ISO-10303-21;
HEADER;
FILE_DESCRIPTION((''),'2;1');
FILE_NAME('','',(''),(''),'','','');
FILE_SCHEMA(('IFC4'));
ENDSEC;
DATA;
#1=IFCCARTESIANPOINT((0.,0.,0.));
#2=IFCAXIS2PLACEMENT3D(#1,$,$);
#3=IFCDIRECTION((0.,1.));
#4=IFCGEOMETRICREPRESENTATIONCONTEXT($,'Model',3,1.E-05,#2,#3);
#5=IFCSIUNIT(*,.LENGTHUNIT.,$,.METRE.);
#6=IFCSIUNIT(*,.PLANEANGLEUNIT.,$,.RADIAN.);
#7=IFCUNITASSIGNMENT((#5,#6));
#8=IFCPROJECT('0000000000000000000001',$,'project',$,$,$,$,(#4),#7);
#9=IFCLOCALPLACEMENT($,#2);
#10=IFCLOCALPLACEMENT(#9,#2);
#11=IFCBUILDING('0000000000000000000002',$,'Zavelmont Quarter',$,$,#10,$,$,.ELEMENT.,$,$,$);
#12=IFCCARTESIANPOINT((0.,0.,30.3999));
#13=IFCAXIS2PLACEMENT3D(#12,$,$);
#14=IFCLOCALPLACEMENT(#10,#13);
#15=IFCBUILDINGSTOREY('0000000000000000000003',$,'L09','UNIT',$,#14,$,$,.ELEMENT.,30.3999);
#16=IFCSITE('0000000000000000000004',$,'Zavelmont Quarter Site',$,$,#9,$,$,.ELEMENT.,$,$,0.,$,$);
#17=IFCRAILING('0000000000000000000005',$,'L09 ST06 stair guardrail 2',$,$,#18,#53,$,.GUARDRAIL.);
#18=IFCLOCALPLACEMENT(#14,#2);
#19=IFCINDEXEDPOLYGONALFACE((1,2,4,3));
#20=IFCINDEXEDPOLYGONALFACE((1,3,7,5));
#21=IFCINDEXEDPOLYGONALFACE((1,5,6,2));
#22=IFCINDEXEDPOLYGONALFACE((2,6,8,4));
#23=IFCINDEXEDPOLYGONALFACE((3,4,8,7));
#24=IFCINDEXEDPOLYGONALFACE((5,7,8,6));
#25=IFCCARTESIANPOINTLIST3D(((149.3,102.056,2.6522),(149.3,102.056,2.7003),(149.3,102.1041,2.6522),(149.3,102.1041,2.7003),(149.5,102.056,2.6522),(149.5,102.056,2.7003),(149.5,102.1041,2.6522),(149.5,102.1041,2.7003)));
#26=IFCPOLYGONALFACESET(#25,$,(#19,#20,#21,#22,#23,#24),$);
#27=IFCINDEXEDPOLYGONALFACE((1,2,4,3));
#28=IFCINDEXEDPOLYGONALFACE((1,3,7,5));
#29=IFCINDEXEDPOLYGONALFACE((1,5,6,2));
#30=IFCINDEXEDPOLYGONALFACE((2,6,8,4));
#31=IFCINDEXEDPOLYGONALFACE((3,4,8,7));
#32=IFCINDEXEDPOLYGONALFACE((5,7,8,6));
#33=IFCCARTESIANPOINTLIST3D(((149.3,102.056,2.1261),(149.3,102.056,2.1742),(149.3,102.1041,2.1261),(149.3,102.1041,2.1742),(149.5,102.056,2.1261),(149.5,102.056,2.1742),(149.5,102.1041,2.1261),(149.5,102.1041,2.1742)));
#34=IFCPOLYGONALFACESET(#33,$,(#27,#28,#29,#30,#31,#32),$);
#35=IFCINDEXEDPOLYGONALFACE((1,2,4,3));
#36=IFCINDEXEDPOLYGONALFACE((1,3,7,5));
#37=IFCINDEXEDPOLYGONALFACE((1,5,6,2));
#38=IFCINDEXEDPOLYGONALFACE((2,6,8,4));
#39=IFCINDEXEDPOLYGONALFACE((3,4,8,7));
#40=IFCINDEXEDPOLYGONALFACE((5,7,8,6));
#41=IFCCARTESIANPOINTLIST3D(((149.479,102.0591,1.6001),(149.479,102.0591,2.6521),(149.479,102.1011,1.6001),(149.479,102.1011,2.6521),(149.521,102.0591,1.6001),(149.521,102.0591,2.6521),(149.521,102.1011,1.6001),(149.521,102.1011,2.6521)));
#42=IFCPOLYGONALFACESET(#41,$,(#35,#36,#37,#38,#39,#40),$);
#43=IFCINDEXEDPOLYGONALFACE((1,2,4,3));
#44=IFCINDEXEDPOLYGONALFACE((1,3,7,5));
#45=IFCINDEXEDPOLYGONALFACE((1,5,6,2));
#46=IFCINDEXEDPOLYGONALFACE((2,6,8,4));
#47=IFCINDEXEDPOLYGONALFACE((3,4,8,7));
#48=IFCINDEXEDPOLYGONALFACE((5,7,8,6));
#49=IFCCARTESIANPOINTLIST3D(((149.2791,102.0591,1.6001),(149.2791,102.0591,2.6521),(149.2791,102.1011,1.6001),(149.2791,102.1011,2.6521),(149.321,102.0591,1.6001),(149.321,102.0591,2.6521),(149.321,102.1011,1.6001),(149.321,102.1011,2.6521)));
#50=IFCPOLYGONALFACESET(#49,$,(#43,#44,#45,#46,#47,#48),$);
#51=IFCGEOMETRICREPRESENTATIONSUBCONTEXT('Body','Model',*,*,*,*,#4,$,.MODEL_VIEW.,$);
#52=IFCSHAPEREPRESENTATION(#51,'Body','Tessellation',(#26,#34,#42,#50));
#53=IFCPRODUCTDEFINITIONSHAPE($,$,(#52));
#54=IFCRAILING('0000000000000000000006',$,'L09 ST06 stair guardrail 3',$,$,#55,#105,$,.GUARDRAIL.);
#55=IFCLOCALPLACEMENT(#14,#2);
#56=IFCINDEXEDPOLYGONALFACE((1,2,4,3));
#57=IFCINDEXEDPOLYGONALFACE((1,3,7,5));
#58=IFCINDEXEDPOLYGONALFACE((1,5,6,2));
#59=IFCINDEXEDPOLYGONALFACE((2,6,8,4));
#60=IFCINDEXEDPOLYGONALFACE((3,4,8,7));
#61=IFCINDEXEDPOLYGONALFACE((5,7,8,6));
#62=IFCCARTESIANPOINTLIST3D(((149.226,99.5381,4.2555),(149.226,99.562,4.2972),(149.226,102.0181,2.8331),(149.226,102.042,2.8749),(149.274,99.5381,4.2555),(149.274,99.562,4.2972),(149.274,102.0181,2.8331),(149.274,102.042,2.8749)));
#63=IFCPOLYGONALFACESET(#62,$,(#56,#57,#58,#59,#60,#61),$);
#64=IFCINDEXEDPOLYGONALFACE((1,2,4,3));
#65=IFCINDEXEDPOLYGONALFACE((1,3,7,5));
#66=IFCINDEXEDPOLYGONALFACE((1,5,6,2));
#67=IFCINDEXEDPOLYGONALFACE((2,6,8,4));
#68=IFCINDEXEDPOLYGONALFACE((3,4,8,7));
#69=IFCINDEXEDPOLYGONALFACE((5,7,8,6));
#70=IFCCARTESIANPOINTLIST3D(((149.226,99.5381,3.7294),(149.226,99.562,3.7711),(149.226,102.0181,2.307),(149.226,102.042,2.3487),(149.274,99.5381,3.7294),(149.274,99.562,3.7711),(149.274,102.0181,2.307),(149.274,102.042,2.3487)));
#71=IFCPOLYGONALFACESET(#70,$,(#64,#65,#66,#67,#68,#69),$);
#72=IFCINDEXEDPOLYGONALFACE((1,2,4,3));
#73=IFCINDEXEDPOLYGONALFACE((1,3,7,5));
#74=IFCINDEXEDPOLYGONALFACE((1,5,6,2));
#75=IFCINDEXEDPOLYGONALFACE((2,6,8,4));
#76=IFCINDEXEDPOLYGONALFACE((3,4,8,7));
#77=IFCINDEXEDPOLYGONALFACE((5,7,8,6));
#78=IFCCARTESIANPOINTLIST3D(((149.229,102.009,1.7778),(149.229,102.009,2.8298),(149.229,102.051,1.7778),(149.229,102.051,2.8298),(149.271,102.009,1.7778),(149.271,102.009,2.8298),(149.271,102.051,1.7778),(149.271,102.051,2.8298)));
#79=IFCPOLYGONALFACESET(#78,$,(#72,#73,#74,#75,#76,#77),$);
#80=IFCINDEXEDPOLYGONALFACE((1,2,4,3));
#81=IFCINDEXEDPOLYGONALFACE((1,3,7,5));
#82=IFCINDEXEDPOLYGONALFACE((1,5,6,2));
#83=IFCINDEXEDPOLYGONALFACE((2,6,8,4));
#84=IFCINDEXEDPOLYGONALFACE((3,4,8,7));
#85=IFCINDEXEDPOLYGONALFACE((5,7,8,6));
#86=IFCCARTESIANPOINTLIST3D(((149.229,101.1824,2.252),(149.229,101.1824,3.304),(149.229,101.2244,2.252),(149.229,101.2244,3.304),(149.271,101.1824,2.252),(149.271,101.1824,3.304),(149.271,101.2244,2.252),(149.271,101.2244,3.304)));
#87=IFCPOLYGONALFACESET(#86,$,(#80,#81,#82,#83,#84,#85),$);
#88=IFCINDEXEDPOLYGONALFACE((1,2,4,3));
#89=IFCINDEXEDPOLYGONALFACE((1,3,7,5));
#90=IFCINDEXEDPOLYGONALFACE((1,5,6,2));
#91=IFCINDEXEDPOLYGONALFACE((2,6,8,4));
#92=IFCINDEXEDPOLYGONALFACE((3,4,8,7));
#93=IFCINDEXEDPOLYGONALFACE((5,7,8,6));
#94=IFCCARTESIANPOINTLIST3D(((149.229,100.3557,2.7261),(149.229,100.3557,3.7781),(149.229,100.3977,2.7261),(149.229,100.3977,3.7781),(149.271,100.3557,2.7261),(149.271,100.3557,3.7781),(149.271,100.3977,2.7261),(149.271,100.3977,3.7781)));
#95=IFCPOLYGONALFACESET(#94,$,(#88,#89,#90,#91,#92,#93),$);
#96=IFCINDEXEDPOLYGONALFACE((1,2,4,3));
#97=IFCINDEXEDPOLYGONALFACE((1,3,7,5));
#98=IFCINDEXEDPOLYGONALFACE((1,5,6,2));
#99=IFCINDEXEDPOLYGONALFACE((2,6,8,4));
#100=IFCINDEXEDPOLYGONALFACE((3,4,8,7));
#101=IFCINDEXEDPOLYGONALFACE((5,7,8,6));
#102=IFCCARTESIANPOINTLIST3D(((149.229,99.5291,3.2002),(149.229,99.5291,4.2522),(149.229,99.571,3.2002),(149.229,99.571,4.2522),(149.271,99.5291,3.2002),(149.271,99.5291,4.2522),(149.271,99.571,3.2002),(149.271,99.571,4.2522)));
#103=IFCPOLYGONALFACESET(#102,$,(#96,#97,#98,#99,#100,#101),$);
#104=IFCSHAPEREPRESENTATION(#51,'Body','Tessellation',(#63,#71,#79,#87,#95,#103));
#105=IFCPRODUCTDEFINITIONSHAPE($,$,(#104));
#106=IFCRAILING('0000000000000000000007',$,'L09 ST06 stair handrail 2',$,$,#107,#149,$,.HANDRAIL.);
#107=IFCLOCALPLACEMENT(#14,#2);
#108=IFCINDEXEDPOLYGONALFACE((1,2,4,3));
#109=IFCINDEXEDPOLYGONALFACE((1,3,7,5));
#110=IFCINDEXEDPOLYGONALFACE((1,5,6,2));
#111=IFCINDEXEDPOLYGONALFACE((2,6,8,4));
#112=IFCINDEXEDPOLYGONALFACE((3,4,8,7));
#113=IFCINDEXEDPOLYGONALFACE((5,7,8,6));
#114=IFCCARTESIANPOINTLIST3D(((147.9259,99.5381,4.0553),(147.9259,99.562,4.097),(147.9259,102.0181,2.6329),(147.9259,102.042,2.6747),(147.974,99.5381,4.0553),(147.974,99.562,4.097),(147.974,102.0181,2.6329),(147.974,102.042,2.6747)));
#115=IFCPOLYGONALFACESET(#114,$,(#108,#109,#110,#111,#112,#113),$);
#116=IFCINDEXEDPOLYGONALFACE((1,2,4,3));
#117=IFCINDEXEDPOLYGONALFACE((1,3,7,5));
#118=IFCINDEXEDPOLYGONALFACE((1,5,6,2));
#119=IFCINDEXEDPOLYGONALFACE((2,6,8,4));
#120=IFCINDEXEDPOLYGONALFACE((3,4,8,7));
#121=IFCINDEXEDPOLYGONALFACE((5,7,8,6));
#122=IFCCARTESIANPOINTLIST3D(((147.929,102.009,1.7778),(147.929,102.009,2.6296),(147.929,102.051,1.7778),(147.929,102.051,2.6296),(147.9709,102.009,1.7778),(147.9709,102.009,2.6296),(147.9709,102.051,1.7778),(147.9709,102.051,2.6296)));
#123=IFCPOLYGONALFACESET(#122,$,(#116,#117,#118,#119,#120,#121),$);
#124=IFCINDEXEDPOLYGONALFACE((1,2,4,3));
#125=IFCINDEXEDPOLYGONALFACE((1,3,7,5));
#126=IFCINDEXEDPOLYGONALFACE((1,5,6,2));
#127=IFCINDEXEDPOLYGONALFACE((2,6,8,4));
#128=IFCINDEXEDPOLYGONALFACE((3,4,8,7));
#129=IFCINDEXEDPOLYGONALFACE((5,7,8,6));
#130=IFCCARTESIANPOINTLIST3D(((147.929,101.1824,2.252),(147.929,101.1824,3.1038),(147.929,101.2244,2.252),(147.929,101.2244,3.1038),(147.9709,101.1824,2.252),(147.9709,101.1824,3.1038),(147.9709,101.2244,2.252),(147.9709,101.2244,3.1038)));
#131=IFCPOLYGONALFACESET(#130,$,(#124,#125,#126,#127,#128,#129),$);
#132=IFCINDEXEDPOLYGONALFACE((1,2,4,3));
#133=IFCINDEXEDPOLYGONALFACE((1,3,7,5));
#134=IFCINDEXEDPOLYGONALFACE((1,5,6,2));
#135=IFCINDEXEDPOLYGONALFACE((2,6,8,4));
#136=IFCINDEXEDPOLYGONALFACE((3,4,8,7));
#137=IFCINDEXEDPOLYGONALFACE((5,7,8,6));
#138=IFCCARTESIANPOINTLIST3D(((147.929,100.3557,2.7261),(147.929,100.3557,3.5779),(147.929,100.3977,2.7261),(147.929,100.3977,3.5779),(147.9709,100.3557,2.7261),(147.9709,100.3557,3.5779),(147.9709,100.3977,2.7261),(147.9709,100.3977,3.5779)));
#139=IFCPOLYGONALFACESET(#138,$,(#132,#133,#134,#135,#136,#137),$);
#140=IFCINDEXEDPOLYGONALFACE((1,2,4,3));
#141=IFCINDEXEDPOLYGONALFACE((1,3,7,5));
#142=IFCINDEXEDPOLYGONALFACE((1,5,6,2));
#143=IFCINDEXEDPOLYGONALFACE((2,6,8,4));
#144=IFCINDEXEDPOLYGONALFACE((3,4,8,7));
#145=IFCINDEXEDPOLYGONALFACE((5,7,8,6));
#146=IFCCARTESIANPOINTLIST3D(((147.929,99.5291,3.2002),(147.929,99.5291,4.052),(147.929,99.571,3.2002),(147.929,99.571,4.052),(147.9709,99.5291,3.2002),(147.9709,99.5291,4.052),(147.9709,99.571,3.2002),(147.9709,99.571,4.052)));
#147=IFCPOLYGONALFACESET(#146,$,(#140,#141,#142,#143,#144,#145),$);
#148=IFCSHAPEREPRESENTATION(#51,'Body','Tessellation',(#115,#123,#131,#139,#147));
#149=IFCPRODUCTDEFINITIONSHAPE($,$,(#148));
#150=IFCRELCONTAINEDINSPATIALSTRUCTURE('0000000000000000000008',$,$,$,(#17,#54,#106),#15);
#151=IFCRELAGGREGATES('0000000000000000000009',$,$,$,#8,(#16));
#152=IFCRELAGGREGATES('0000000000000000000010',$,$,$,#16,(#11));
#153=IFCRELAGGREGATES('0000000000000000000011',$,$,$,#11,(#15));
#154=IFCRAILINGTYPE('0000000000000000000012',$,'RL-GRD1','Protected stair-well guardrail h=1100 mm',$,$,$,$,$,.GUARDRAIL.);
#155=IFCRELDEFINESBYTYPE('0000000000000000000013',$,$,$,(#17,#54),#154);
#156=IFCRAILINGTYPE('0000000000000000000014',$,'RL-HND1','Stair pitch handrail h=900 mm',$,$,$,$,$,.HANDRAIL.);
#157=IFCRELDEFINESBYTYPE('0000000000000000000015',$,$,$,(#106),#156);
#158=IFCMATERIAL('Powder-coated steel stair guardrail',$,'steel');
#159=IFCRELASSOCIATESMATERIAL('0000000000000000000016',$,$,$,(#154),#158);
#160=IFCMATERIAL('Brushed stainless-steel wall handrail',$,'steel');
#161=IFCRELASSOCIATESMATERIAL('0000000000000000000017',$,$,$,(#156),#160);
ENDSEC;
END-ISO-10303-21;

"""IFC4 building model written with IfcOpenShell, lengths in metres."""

from ifc_helpers import new_model, si_unit, direction, frame, origin, origin_2d, place, context, subcontext, project, spatial, rectangle, extrude, material, type_object, element, save


model = new_model("IFC4")

# Units and contexts
model_context = context("Model", 3, precision=1e-05, world=origin(), true_north=direction((0.0, 1.0)))
body_context = subcontext(model_context, "Body", "Model", "MODEL_VIEW")
ifc_project = project(units=[si_unit("LENGTHUNIT", "METRE"), si_unit("PLANEANGLEUNIT", "RADIAN")], contexts=[model_context])

# Site, building, storey
site_placement = place(None, origin())
site = spatial("IfcSite", under=ifc_project, at=site_placement, Name="Zavelmont Quarter Site", CompositionType="ELEMENT", RefElevation=0.0)
building_placement = place(site_placement, origin())
building = spatial("IfcBuilding", under=site, at=building_placement, Name="Zavelmont Quarter", CompositionType="ELEMENT")
storey_placement = place(building_placement, frame((0.0, 0.0, 30.3999)))
storey = spatial("IfcBuildingStorey", under=building, at=storey_placement, Name="L09", Description="UNIT", CompositionType="ELEMENT", Elevation=30.3999)

# Railings
ifc_material_1 = material(Name="Powder-coated steel stair guardrail", Category="steel")
railing_type_1 = type_object("IfcRailingType", Name="RL-GRD1", Description="Protected stair-well guardrail h=1100 mm", PredefinedType="GUARDRAIL", material=ifc_material_1)
railing_1_placement = place(storey_placement, frame((149.5, 102.0801, 1.6001)))
element("IfcRailing", 1, at=railing_1_placement, inside=storey, type_object=railing_type_1, Name="L09 ST06 stair guardrail 2", PredefinedType="GUARDRAIL", context=body_context, shape_type="SweptSolid", body=[
    extrude(rectangle(XDim=0.0481, YDim=0.0481, at=origin_2d()), frame((0.0, 0.0, 1.0762), z_axis=(-1.0, 0.0, 0.0), x_axis=(0.0, -1.0, 0.0)), (0.0, 0.0, 1.0), 0.2),
    extrude(rectangle(XDim=0.0481, YDim=0.0481, at=origin_2d()), frame((0.0, 0.0, 0.55), z_axis=(-1.0, 0.0, 0.0), x_axis=(0.0, -1.0, 0.0)), (0.0, 0.0, 1.0), 0.2),
    extrude(rectangle(XDim=0.042, YDim=0.042, at=origin_2d()), origin(), (0.0, 0.0, 1.0), 1.052),
    extrude(rectangle(XDim=0.042, YDim=0.042, at=origin_2d()), frame((-0.2, 0.0, 0.0)), (0.0, 0.0, 1.0), 1.052),
])
railing_2_placement = place(storey_placement, frame((149.25, 102.03, 1.7778)))
element("IfcRailing", 2, at=railing_2_placement, inside=storey, type_object=railing_type_1, Name="L09 ST06 stair guardrail 3", PredefinedType="GUARDRAIL", context=body_context, shape_type="SweptSolid", body=[
    extrude(rectangle(XDim=0.0481, YDim=0.0481, at=origin_2d()), frame((0.0, 0.0, 1.0762), z_axis=(0.0, -0.867454, 0.497518), x_axis=(1.0, 0.0, 0.0)), (0.0, 0.0, 1.0), 2.8589),
    extrude(rectangle(XDim=0.0481, YDim=0.0481, at=origin_2d()), frame((0.0, 0.0, 0.55), z_axis=(0.0, -0.867454, 0.497518), x_axis=(1.0, 0.0, 0.0)), (0.0, 0.0, 1.0), 2.8589),
    extrude(rectangle(XDim=0.042, YDim=0.042, at=origin_2d()), origin(), (0.0, 0.0, 1.0), 1.052),
    extrude(rectangle(XDim=0.042, YDim=0.042, at=origin_2d()), frame((0.0, -0.8267, 0.4741)), (0.0, 0.0, 1.0), 1.052),
    extrude(rectangle(XDim=0.042, YDim=0.042, at=origin_2d()), frame((0.0, -1.6533, 0.9482)), (0.0, 0.0, 1.0), 1.052),
    extrude(rectangle(XDim=0.042, YDim=0.042, at=origin_2d()), frame((0.0, -2.48, 1.4224)), (0.0, 0.0, 1.0), 1.052),
])
ifc_material_2 = material(Name="Brushed stainless-steel wall handrail", Category="steel")
railing_type_2 = type_object("IfcRailingType", Name="RL-HND1", Description="Stair pitch handrail h=900 mm", PredefinedType="HANDRAIL", material=ifc_material_2)
railing_3_placement = place(storey_placement, frame((147.95, 102.03, 1.7778)))
element("IfcRailing", 3, at=railing_3_placement, inside=storey, type_object=railing_type_2, Name="L09 ST06 stair handrail 2", PredefinedType="HANDRAIL", context=body_context, shape_type="SweptSolid", body=[
    extrude(rectangle(XDim=0.0481, YDim=0.0481, at=origin_2d()), frame((0.0, 0.0, 0.876), z_axis=(0.0, -0.867454, 0.497518), x_axis=(1.0, 0.0, 0.0)), (0.0, 0.0, 1.0), 2.8589),
    extrude(rectangle(XDim=0.042, YDim=0.042, at=origin_2d()), origin(), (0.0, 0.0, 1.0), 0.8518),
    extrude(rectangle(XDim=0.042, YDim=0.042, at=origin_2d()), frame((0.0, -0.8267, 0.4741)), (0.0, 0.0, 1.0), 0.8518),
    extrude(rectangle(XDim=0.042, YDim=0.042, at=origin_2d()), frame((0.0, -1.6533, 0.9482)), (0.0, 0.0, 1.0), 0.8518),
    extrude(rectangle(XDim=0.042, YDim=0.042, at=origin_2d()), frame((0.0, -2.48, 1.4224)), (0.0, 0.0, 1.0), 0.8518),
])

save(model, "model.ifc")
